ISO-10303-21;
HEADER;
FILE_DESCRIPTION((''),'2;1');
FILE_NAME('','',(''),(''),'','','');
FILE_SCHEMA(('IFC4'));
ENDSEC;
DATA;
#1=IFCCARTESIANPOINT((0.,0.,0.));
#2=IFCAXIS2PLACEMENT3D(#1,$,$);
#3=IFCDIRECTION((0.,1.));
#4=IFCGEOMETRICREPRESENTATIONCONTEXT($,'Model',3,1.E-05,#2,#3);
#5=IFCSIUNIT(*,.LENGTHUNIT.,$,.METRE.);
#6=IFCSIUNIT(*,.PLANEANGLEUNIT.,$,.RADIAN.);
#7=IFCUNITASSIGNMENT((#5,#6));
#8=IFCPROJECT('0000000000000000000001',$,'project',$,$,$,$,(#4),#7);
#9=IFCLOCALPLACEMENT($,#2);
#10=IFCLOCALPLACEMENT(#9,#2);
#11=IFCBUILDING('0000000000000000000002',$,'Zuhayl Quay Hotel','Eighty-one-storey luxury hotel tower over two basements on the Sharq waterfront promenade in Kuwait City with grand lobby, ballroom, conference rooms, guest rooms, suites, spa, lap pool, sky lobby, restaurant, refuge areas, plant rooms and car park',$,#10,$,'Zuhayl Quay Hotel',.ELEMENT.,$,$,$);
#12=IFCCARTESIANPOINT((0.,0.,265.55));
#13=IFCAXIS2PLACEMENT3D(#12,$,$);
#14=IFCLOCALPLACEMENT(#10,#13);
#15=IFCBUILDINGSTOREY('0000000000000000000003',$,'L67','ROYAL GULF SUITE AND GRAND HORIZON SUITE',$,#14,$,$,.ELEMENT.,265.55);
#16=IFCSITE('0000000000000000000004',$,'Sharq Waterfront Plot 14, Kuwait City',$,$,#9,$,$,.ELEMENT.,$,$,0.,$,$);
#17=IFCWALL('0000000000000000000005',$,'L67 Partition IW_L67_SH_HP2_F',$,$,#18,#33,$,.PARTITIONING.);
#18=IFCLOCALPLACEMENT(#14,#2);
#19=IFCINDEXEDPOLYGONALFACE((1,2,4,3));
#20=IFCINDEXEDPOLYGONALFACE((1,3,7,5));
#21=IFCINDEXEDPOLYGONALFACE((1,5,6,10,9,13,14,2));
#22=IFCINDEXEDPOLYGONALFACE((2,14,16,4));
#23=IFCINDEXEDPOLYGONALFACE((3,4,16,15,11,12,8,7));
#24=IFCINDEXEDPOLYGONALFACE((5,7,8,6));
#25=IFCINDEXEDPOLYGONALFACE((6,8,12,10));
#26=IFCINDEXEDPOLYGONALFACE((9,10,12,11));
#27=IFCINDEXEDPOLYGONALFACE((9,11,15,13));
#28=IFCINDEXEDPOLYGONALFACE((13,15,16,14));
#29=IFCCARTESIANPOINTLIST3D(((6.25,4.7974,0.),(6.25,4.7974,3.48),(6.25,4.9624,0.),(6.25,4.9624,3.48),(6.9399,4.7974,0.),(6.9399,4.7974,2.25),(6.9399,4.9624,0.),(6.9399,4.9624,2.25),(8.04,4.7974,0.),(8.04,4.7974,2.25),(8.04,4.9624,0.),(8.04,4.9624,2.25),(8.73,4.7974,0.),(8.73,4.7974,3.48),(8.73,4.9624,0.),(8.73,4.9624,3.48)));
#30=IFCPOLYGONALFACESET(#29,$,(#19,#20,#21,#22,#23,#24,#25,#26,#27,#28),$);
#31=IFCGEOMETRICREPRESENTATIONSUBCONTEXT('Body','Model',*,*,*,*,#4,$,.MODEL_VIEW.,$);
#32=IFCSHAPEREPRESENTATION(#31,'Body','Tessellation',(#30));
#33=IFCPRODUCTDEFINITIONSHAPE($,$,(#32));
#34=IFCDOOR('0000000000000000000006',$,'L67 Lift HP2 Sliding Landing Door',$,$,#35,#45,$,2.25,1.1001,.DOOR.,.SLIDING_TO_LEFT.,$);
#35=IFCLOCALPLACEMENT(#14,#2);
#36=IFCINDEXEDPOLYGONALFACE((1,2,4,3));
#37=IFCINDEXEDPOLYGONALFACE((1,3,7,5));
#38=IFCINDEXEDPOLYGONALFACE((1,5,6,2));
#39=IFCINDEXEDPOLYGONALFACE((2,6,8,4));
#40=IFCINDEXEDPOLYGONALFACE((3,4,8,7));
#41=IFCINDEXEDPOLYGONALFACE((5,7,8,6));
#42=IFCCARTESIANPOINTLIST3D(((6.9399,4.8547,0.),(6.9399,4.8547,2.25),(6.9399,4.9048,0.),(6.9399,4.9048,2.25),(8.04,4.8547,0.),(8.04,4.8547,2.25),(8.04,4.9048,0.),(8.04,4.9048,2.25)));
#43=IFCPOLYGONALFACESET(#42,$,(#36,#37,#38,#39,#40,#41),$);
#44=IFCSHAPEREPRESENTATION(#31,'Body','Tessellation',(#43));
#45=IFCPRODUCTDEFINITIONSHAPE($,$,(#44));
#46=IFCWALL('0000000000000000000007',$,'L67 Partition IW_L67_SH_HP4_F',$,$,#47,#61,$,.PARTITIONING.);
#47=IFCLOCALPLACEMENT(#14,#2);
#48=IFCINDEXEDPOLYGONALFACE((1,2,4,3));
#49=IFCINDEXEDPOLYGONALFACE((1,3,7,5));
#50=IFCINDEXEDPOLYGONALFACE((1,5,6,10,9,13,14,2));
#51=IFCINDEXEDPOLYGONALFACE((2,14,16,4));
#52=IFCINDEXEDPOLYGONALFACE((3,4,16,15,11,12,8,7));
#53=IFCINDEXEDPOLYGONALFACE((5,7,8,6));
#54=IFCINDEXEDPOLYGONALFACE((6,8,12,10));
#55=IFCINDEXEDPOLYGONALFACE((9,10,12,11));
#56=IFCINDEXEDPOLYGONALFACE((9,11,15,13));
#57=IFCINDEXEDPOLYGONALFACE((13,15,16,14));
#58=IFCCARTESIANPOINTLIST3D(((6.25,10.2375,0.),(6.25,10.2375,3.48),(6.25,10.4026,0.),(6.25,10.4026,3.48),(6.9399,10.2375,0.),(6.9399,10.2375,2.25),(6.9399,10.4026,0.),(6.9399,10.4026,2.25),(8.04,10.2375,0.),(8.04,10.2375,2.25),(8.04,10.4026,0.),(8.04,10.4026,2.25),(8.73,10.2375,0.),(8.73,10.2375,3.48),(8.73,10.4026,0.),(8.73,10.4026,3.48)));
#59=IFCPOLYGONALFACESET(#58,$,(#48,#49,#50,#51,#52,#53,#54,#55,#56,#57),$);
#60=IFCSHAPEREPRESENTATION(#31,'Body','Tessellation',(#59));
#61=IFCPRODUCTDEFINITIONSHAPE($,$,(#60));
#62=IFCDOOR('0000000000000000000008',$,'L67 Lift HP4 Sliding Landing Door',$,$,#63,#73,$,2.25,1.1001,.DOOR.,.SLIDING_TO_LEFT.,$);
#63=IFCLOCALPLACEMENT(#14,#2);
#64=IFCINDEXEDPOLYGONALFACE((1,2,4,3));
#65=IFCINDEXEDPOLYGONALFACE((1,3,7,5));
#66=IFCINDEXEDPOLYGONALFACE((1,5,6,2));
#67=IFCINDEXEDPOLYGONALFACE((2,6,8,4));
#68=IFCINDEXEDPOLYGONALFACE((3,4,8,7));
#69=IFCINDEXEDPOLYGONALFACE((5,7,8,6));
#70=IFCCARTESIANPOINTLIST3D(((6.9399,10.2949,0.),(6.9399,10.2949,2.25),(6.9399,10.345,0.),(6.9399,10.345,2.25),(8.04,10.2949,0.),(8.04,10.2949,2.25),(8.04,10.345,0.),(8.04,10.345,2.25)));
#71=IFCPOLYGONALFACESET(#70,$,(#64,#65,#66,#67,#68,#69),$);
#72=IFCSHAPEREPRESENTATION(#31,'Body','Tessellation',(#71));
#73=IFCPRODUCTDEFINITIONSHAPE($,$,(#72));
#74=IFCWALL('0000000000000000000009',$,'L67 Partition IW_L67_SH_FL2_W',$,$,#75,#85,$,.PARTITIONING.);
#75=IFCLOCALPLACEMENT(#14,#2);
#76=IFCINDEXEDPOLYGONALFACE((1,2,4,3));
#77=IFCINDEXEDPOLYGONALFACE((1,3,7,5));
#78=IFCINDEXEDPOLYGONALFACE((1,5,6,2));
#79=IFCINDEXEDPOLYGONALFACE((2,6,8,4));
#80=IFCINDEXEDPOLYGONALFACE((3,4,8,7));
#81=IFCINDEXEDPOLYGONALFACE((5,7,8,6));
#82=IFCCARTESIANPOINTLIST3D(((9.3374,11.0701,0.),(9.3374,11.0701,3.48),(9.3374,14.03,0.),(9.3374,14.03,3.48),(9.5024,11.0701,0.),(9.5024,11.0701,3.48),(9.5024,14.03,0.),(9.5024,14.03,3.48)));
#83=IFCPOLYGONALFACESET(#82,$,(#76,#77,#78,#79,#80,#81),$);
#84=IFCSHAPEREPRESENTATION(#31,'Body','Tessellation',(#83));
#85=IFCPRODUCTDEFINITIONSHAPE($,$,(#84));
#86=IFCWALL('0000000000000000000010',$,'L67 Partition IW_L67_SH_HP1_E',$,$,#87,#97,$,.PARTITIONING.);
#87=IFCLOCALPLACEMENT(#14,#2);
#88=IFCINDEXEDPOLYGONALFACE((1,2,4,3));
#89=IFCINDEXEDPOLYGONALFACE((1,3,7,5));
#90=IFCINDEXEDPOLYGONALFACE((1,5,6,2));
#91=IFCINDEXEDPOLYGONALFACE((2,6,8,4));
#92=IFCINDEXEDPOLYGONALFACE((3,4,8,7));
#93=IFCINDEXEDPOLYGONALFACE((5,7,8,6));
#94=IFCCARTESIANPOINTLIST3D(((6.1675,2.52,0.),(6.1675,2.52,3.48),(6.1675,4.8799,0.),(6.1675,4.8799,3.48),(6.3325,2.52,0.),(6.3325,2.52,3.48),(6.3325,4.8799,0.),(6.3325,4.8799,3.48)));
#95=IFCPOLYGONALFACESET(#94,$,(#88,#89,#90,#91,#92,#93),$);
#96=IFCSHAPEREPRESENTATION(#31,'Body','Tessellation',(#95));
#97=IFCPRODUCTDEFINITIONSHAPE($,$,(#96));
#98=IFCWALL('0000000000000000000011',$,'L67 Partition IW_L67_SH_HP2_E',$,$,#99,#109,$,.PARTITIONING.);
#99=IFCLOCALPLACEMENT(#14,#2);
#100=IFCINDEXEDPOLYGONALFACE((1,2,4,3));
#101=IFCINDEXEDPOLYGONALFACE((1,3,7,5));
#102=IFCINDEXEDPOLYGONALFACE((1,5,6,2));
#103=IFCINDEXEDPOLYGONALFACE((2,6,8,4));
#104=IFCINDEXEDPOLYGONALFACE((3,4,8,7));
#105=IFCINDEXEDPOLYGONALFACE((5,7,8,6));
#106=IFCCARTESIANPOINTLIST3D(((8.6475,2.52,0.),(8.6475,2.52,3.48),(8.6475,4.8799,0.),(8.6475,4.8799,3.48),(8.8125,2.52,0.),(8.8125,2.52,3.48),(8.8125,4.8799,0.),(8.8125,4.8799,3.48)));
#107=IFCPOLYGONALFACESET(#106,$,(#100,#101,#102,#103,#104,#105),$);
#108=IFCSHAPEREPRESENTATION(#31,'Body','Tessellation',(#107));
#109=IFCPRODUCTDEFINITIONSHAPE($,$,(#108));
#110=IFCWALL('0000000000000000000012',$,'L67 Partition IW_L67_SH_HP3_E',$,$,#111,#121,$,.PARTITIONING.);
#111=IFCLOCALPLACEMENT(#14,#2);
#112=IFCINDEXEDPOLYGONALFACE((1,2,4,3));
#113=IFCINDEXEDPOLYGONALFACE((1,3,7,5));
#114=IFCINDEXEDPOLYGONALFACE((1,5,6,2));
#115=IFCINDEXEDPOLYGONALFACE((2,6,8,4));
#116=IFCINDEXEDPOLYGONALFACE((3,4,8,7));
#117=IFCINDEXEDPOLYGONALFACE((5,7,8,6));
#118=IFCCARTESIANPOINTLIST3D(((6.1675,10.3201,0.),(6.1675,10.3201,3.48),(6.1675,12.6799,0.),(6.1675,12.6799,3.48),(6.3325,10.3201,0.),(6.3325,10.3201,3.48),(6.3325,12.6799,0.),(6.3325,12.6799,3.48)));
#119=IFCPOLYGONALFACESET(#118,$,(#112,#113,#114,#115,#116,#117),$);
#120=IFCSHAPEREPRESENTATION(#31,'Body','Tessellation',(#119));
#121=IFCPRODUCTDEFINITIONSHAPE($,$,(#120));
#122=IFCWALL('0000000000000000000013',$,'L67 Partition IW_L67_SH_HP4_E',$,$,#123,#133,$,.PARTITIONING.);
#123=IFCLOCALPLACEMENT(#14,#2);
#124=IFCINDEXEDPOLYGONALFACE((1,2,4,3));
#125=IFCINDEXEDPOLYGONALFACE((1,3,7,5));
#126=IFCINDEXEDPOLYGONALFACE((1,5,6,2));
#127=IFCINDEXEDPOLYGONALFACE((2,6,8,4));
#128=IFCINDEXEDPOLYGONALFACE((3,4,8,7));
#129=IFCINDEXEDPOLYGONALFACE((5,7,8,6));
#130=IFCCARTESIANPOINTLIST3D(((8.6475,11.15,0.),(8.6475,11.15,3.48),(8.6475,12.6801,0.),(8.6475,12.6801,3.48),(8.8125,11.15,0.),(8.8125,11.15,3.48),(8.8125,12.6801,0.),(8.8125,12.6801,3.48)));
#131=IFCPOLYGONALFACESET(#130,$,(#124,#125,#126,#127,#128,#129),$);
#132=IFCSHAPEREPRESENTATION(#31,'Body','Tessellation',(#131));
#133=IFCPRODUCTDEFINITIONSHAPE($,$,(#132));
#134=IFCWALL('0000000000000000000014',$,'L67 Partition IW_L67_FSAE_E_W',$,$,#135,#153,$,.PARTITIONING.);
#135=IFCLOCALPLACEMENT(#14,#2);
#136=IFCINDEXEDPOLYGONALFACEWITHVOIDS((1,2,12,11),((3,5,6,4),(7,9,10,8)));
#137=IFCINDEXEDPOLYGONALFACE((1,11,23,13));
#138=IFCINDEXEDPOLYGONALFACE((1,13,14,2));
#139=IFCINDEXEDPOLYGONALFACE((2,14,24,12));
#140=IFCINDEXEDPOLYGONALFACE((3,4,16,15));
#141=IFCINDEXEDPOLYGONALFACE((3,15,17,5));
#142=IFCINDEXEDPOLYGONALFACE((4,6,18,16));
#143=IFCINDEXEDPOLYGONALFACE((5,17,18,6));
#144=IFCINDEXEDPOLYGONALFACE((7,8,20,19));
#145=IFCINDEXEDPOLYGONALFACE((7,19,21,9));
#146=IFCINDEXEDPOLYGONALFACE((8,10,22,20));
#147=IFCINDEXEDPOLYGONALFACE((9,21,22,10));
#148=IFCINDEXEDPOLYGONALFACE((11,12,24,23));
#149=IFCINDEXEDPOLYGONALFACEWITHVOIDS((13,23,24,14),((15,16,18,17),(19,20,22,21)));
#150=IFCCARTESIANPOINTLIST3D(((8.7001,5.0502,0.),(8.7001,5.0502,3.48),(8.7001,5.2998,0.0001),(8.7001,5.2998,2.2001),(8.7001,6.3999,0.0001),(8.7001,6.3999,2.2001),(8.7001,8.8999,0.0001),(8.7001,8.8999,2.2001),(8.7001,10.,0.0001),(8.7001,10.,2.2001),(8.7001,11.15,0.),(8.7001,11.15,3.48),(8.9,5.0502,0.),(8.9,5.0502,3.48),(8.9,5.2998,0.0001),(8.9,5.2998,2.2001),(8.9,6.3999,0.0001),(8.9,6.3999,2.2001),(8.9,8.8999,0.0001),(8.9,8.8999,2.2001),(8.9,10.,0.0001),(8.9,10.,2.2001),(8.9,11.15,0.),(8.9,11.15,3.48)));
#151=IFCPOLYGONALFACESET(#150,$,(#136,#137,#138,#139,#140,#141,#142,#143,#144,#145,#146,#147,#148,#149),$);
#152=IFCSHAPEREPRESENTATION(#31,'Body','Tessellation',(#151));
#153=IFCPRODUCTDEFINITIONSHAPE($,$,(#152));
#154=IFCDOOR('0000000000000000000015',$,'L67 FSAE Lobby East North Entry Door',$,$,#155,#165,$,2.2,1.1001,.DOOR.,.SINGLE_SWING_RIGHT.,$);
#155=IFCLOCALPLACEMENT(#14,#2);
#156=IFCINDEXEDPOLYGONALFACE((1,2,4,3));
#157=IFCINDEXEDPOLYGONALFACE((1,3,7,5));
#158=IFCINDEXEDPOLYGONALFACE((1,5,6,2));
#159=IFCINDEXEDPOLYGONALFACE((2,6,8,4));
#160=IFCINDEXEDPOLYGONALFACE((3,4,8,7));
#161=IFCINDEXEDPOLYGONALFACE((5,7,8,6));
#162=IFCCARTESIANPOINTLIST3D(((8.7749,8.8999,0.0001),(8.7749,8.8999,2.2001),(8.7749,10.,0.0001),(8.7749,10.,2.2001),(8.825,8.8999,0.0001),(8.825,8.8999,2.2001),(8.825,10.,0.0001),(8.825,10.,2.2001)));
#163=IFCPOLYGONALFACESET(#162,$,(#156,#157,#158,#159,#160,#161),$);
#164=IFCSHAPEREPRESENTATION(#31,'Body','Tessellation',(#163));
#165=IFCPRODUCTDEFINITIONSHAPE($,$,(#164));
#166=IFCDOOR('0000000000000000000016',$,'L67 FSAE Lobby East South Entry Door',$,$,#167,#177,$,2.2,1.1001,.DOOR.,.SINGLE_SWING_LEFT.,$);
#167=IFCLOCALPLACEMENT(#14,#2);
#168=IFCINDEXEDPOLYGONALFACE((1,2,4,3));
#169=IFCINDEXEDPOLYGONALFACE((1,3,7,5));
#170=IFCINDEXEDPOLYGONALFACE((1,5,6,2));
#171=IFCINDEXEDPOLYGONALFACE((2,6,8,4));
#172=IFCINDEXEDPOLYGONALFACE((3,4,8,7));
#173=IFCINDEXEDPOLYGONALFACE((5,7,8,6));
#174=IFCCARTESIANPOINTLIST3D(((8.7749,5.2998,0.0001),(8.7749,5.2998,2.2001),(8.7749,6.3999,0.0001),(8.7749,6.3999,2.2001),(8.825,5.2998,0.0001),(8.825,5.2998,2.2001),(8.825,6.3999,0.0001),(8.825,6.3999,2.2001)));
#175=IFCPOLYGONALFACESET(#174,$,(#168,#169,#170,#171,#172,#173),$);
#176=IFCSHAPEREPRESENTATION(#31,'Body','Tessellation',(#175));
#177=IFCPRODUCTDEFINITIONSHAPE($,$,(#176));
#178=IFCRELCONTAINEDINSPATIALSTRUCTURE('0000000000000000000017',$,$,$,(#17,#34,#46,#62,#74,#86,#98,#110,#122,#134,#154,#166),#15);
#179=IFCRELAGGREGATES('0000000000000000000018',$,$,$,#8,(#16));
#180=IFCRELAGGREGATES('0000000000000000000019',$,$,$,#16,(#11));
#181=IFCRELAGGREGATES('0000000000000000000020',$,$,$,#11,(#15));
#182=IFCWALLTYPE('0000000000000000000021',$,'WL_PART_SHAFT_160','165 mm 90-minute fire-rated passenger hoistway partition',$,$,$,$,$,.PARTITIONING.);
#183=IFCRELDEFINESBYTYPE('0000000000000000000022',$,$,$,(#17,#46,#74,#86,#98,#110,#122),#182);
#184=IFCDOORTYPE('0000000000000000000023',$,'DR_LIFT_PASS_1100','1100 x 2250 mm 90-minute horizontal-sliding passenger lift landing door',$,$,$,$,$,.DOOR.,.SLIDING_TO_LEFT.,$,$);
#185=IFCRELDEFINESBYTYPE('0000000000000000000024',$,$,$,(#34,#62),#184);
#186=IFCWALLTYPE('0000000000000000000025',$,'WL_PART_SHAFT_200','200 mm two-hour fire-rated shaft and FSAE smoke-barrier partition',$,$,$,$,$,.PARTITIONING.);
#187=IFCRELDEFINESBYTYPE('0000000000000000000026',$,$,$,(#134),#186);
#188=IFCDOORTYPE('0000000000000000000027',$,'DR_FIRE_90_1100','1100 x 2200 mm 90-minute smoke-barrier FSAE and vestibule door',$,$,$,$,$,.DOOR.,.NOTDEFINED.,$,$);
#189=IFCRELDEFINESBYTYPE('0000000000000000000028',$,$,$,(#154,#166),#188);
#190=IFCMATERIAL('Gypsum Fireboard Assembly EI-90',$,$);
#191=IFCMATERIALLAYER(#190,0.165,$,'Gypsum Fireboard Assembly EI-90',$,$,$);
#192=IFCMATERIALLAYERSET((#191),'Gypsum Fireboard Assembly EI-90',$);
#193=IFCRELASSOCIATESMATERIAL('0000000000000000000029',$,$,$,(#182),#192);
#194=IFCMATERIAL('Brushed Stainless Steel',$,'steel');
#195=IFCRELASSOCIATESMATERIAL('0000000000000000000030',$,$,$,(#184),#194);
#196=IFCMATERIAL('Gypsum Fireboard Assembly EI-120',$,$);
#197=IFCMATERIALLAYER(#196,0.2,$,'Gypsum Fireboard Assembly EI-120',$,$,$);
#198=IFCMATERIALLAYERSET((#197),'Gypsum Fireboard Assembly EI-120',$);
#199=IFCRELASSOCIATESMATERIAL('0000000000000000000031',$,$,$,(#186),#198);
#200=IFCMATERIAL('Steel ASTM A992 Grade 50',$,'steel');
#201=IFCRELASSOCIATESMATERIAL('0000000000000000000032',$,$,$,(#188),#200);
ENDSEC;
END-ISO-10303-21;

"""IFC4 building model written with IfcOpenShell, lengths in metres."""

from ifc_helpers import new_model, si_unit, direction, frame, frame_2d, origin, place, context, subcontext, project, spatial, rectangle, extrude, material, layer, layer_set, type_object, element, fill, save


model = new_model("IFC4")

# Units and contexts
model_context = context("Model", 3, precision=1e-05, world=origin(), true_north=direction((0.0, 1.0)))
body_context = subcontext(model_context, "Body", "Model", "MODEL_VIEW")
ifc_project = project(units=[si_unit("LENGTHUNIT", "METRE"), si_unit("PLANEANGLEUNIT", "RADIAN")], contexts=[model_context])

# Site, building, storey
site_placement = place(None, origin())
site = spatial("IfcSite", under=ifc_project, at=site_placement, Name="Sharq Waterfront Plot 14, Kuwait City", CompositionType="ELEMENT", RefElevation=0.0)
building_placement = place(site_placement, origin())
building = spatial("IfcBuilding", under=site, at=building_placement, Name="Zuhayl Quay Hotel", Description="Eighty-one-storey luxury hotel tower over two basements on the Sharq waterfront promenade in Kuwait City with grand lobby, ballroom, conference rooms, guest rooms, suites, spa, lap pool, sky lobby, restaurant, refuge areas, plant rooms and car park", LongName="Zuhayl Quay Hotel", CompositionType="ELEMENT")
storey_placement = place(building_placement, frame((0.0, 0.0, 265.55)))
storey = spatial("IfcBuildingStorey", under=building, at=storey_placement, Name="L67", Description="ROYAL GULF SUITE AND GRAND HORIZON SUITE", CompositionType="ELEMENT", Elevation=265.55)

# Walls, openings, doors
ifc_material_1 = material(Name="Gypsum Fireboard Assembly EI-90")
ifc_layer_1 = layer(ifc_material_1, 0.165, Name="Gypsum Fireboard Assembly EI-90")
ifc_layer_set_1 = layer_set([ifc_layer_1], Name="Gypsum Fireboard Assembly EI-90")
wall_type_1 = type_object("IfcWallType", Name="WL_PART_SHAFT_160", Description="165 mm 90-minute fire-rated passenger hoistway partition", PredefinedType="PARTITIONING", material=ifc_layer_set_1)
ifc_material_2 = material(Name="Brushed Stainless Steel", Category="steel")
wall_1_placement = place(storey_placement, frame((6.25, 4.8799, 0.0), z_axis=(0.0, 0.0, 1.0), x_axis=(1.0, 0.0, 0.0)))
wall_1 = element("IfcWall", 1, at=wall_1_placement, inside=storey, type_object=wall_type_1, Name="L67 Partition IW_L67_SH_HP2_F", PredefinedType="PARTITIONING", context=body_context, shape_type="SweptSolid", body=[
    extrude(rectangle(XDim=2.48, YDim=0.165, at=frame_2d((1.24, 0.0))), origin(), (0.0, 0.0, 1.0), 3.48),
])
opening_1_placement = place(wall_1_placement, frame((0.6899, 0.0, 0.0)))
opening_1 = element("IfcOpeningElement", 2, at=opening_1_placement, cuts=wall_1, PredefinedType="OPENING", context=body_context, shape_type="SweptSolid", body=[
    extrude(rectangle(XDim=1.1001, YDim=2.25, at=frame_2d((0.55, 1.125))), frame((0.0, 0.0925, 0.0), z_axis=(0.0, -1.0, 0.0), x_axis=(1.0, 0.0, 0.0)), (0.0, 0.0, 1.0), 0.1851),
])
door_type_1 = type_object("IfcDoorType", Name="DR_LIFT_PASS_1100", Description="1100 x 2250 mm 90-minute horizontal-sliding passenger lift landing door", OperationType="SLIDING_TO_LEFT", PredefinedType="DOOR", material=ifc_material_2)
door_1_placement = place(opening_1_placement, origin())
door_1 = element("IfcDoor", 3, at=door_1_placement, inside=storey, type_object=door_type_1, Name="L67 Lift HP2 Sliding Landing Door", OperationType="SLIDING_TO_LEFT", OverallHeight=2.25, OverallWidth=1.1001, PredefinedType="DOOR", context=body_context, shape_type="SweptSolid", body=[
    extrude(rectangle(XDim=1.1001, YDim=2.25, at=frame_2d((0.55, 1.125))), frame((0.0, 0.0249, 0.0), z_axis=(0.0, -1.0, 0.0), x_axis=(1.0, 0.0, 0.0)), (0.0, 0.0, 1.0), 0.05),
])
fill(opening_1, door_1)
wall_2_placement = place(storey_placement, frame((6.25, 10.3201, 0.0), z_axis=(0.0, 0.0, 1.0), x_axis=(1.0, 0.0, 0.0)))
wall_2 = element("IfcWall", 4, at=wall_2_placement, inside=storey, type_object=wall_type_1, Name="L67 Partition IW_L67_SH_HP4_F", PredefinedType="PARTITIONING", context=body_context, shape_type="SweptSolid", body=[
    extrude(rectangle(XDim=2.48, YDim=0.165, at=frame_2d((1.24, 0.0))), origin(), (0.0, 0.0, 1.0), 3.48),
])
opening_2_placement = place(wall_2_placement, frame((0.6899, 0.0, 0.0)))
opening_2 = element("IfcOpeningElement", 5, at=opening_2_placement, cuts=wall_2, PredefinedType="OPENING", context=body_context, shape_type="SweptSolid", body=[
    extrude(rectangle(XDim=1.1001, YDim=2.25, at=frame_2d((0.55, 1.125))), frame((0.0, 0.0925, 0.0), z_axis=(0.0, -1.0, 0.0), x_axis=(1.0, 0.0, 0.0)), (0.0, 0.0, 1.0), 0.1851),
])
door_2_placement = place(opening_2_placement, origin())
door_2 = element("IfcDoor", 6, at=door_2_placement, inside=storey, type_object=door_type_1, Name="L67 Lift HP4 Sliding Landing Door", OperationType="SLIDING_TO_LEFT", OverallHeight=2.25, OverallWidth=1.1001, PredefinedType="DOOR", context=body_context, shape_type="SweptSolid", body=[
    extrude(rectangle(XDim=1.1001, YDim=2.25, at=frame_2d((0.55, 1.125))), frame((0.0, 0.0249, 0.0), z_axis=(0.0, -1.0, 0.0), x_axis=(1.0, 0.0, 0.0)), (0.0, 0.0, 1.0), 0.05),
])
fill(opening_2, door_2)

# Walls
wall_3_placement = place(storey_placement, frame((9.4199, 11.0701, 0.0), z_axis=(0.0, 0.0, 1.0), x_axis=(0.0, 1.0, 0.0)))
element("IfcWall", 7, at=wall_3_placement, inside=storey, type_object=wall_type_1, Name="L67 Partition IW_L67_SH_FL2_W", PredefinedType="PARTITIONING", context=body_context, shape_type="SweptSolid", body=[
    extrude(rectangle(XDim=2.96, YDim=0.165, at=frame_2d((1.48, 0.0))), origin(), (0.0, 0.0, 1.0), 3.48),
])
for number, where, z_axis, x_axis, name in (
    (8, (6.25, 2.52, 0.0), (0.0, 0.0, 1.0), (0.0, 1.0, 0.0), "L67 Partition IW_L67_SH_HP1_E"),
    (9, (8.73, 2.52, 0.0), (0.0, 0.0, 1.0), (0.0, 1.0, 0.0), "L67 Partition IW_L67_SH_HP2_E"),
    (10, (6.25, 10.3201, 0.0), (0.0, 0.0, 1.0), (0.0, 1.0, 0.0), "L67 Partition IW_L67_SH_HP3_E"),
):
    element("IfcWall", number, at=place(storey_placement, frame(where, z_axis=z_axis, x_axis=x_axis)), inside=storey, type_object=wall_type_1, Name=name, PredefinedType="PARTITIONING", context=body_context, shape_type="SweptSolid", body=[
        extrude(rectangle(XDim=2.3599, YDim=0.165, at=frame_2d((1.1799, 0.0))), origin(), (0.0, 0.0, 1.0), 3.48),
    ])
wall_4_placement = place(storey_placement, frame((8.73, 11.1499, 0.0), z_axis=(0.0, 0.0, 1.0), x_axis=(0.0, 1.0, 0.0)))
element("IfcWall", 11, at=wall_4_placement, inside=storey, type_object=wall_type_1, Name="L67 Partition IW_L67_SH_HP4_E", PredefinedType="PARTITIONING", context=body_context, shape_type="SweptSolid", body=[
    extrude(rectangle(XDim=1.53, YDim=0.165, at=frame_2d((0.7651, 0.0))), origin(), (0.0, 0.0, 1.0), 3.48),
])

# Wall, openings, doors
ifc_material_3 = material(Name="Gypsum Fireboard Assembly EI-120")
ifc_layer_2 = layer(ifc_material_3, 0.2, Name="Gypsum Fireboard Assembly EI-120")
ifc_layer_set_2 = layer_set([ifc_layer_2], Name="Gypsum Fireboard Assembly EI-120")
wall_type_2 = type_object("IfcWallType", Name="WL_PART_SHAFT_200", Description="200 mm two-hour fire-rated shaft and FSAE smoke-barrier partition", PredefinedType="PARTITIONING", material=ifc_layer_set_2)
wall_5_placement = place(storey_placement, frame((8.8, 11.1499, 0.0), z_axis=(0.0, 0.0, 1.0), x_axis=(0.0, -1.0, 0.0)))
wall_5 = element("IfcWall", 12, at=wall_5_placement, inside=storey, type_object=wall_type_2, Name="L67 Partition IW_L67_FSAE_E_W", PredefinedType="PARTITIONING", context=body_context, shape_type="SweptSolid", body=[
    extrude(rectangle(XDim=6.0999, YDim=0.2, at=frame_2d((3.0498, 0.0))), origin(), (0.0, 0.0, 1.0), 3.48),
])
opening_3_placement = place(wall_5_placement, frame((1.1499, 0.0, 0.0)))
opening_3 = element("IfcOpeningElement", 13, at=opening_3_placement, cuts=wall_5, PredefinedType="OPENING", context=body_context, shape_type="SweptSolid", body=[
    extrude(rectangle(XDim=1.1001, YDim=2.2, at=frame_2d((0.55, 1.1001))), frame((0.0, 0.1099, 0.0), z_axis=(0.0, -1.0, 0.0), x_axis=(1.0, 0.0, 0.0)), (0.0, 0.0, 1.0), 0.22),
])
opening_4_placement = place(wall_5_placement, frame((4.75, 0.0, 0.0)))
opening_4 = element("IfcOpeningElement", 14, at=opening_4_placement, cuts=wall_5, PredefinedType="OPENING", context=body_context, shape_type="SweptSolid", body=[
    extrude(rectangle(XDim=1.1001, YDim=2.2, at=frame_2d((0.55, 1.1001))), frame((0.0, 0.1099, 0.0), z_axis=(0.0, -1.0, 0.0), x_axis=(1.0, 0.0, 0.0)), (0.0, 0.0, 1.0), 0.22),
])
ifc_material_4 = material(Name="Steel ASTM A992 Grade 50", Category="steel")
door_type_2 = type_object("IfcDoorType", Name="DR_FIRE_90_1100", Description="1100 x 2200 mm 90-minute smoke-barrier FSAE and vestibule door", OperationType="NOTDEFINED", PredefinedType="DOOR", material=ifc_material_4)
door_3_placement = place(opening_3_placement, origin())
door_3 = element("IfcDoor", 15, at=door_3_placement, inside=storey, type_object=door_type_2, Name="L67 FSAE Lobby East North Entry Door", OperationType="SINGLE_SWING_RIGHT", OverallHeight=2.2, OverallWidth=1.1001, PredefinedType="DOOR", context=body_context, shape_type="SweptSolid", body=[
    extrude(rectangle(XDim=1.1001, YDim=2.2, at=frame_2d((0.55, 1.1001))), frame((0.0, 0.0249, 0.0), z_axis=(0.0, -1.0, 0.0), x_axis=(1.0, 0.0, 0.0)), (0.0, 0.0, 1.0), 0.05),
])
fill(opening_3, door_3)
door_4_placement = place(opening_4_placement, origin())
door_4 = element("IfcDoor", 16, at=door_4_placement, inside=storey, type_object=door_type_2, Name="L67 FSAE Lobby East South Entry Door", OperationType="SINGLE_SWING_LEFT", OverallHeight=2.2, OverallWidth=1.1001, PredefinedType="DOOR", context=body_context, shape_type="SweptSolid", body=[
    extrude(rectangle(XDim=1.1001, YDim=2.2, at=frame_2d((0.55, 1.1001))), frame((0.0, 0.0249, 0.0), z_axis=(0.0, -1.0, 0.0), x_axis=(1.0, 0.0, 0.0)), (0.0, 0.0, 1.0), 0.05),
])
fill(opening_4, door_4)

save(model, "model.ifc")
